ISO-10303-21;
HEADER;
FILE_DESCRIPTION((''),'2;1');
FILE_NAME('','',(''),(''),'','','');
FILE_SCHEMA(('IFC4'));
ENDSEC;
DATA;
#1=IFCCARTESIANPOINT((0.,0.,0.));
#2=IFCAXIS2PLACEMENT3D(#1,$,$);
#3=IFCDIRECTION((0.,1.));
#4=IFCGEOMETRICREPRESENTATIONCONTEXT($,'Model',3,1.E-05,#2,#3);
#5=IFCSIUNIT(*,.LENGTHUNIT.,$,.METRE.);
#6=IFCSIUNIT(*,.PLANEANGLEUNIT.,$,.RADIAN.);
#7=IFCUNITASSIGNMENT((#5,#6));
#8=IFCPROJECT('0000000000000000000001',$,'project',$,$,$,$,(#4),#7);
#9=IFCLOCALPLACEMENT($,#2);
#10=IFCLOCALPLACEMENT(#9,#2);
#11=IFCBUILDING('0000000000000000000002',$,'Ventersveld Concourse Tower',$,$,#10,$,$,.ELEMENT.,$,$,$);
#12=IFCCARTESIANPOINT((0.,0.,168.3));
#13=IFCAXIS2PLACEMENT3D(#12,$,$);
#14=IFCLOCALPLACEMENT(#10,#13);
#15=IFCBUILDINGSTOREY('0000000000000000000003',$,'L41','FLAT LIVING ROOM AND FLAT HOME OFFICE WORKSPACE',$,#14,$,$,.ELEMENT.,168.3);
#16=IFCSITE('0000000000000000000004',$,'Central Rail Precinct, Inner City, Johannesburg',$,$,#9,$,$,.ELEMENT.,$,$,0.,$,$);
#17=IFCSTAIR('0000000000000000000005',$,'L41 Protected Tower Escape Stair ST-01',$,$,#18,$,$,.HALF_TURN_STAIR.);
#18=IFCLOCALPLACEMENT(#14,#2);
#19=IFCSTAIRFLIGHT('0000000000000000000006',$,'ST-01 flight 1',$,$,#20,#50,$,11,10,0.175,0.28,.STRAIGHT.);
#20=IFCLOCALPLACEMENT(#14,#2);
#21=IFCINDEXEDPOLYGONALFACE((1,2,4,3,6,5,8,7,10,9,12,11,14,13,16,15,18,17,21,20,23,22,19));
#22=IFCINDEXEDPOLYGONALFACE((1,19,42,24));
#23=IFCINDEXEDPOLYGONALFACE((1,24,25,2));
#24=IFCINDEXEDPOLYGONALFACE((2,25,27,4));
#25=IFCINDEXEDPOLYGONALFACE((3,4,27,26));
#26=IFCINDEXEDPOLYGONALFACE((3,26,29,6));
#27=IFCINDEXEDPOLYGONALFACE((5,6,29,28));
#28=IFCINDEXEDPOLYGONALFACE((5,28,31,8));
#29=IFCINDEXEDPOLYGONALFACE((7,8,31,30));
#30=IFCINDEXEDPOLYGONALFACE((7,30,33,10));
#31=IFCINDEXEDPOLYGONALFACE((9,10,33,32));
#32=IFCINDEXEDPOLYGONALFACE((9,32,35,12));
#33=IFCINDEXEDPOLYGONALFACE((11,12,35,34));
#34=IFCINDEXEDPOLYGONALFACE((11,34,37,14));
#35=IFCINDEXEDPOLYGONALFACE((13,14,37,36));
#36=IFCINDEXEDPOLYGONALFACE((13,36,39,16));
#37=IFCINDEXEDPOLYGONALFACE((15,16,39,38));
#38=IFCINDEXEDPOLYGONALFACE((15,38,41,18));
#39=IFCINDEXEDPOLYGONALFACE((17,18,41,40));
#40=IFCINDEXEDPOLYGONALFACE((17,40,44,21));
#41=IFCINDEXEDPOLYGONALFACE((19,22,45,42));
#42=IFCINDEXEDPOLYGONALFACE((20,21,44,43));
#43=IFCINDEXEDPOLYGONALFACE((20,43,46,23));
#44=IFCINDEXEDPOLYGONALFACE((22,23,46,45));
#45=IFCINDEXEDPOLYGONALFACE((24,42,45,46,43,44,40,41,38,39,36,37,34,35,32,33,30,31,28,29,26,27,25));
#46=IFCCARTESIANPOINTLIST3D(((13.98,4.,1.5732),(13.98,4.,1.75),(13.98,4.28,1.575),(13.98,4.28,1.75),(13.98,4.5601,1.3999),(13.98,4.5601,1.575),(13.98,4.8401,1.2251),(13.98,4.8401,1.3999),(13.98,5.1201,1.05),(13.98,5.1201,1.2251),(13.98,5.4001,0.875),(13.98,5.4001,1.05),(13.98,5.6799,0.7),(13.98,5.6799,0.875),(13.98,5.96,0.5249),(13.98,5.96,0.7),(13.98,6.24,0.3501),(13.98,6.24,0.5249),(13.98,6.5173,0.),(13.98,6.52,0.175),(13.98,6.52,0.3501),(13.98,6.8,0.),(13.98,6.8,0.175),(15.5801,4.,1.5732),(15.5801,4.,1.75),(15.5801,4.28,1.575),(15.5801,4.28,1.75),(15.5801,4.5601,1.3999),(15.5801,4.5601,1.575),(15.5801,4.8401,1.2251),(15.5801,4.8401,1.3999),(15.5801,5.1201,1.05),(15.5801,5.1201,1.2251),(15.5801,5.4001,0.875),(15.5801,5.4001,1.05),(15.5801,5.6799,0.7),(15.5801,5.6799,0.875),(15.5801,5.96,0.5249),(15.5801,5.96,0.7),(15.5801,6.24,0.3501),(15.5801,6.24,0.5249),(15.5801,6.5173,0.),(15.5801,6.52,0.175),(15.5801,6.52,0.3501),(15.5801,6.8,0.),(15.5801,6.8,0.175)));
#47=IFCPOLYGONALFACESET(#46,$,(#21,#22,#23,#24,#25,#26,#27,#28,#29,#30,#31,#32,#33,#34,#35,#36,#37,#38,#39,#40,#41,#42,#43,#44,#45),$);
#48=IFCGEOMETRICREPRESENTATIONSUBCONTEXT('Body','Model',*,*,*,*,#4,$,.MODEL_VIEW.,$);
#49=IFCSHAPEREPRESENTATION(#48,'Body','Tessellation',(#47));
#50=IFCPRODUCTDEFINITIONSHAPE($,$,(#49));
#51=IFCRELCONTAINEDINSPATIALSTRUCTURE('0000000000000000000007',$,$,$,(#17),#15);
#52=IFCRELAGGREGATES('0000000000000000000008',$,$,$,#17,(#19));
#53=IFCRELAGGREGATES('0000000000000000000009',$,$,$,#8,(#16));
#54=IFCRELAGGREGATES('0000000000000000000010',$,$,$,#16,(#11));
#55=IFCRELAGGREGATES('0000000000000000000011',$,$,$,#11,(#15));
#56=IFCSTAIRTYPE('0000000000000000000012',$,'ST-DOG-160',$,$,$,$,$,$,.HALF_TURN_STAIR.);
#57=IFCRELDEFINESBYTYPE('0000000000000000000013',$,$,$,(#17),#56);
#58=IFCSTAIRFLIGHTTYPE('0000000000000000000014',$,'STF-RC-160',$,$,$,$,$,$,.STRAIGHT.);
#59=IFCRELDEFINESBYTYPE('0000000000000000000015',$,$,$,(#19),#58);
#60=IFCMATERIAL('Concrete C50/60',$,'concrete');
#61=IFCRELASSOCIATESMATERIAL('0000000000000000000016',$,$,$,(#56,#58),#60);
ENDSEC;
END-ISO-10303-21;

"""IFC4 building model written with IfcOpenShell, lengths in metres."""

from ifc_helpers import new_model, si_unit, direction, frame, origin, place, context, subcontext, project, spatial, polyline, outline, extrude, material, type_object, element, aggregate, save


model = new_model("IFC4")

# Units and contexts
model_context = context("Model", 3, precision=1e-05, world=origin(), true_north=direction((0.0, 1.0)))
body_context = subcontext(model_context, "Body", "Model", "MODEL_VIEW")
ifc_project = project(units=[si_unit("LENGTHUNIT", "METRE"), si_unit("PLANEANGLEUNIT", "RADIAN")], contexts=[model_context])

# Site, building, storey
site_placement = place(None, origin())
site = spatial("IfcSite", under=ifc_project, at=site_placement, Name="Central Rail Precinct, Inner City, Johannesburg", CompositionType="ELEMENT", RefElevation=0.0)
building_placement = place(site_placement, origin())
building = spatial("IfcBuilding", under=site, at=building_placement, Name="Ventersveld Concourse Tower", CompositionType="ELEMENT")
storey_placement = place(building_placement, frame((0.0, 0.0, 168.3)))
storey = spatial("IfcBuildingStorey", under=building, at=storey_placement, Name="L41", Description="FLAT LIVING ROOM AND FLAT HOME OFFICE WORKSPACE", CompositionType="ELEMENT", Elevation=168.3)

# Stair, stair flight
ifc_material_1 = material(Name="Concrete C50/60", Category="concrete")
stair_type = type_object("IfcStairType", Name="ST-DOG-160", PredefinedType="HALF_TURN_STAIR", material=ifc_material_1)
stair_placement = place(storey_placement, origin())
stair = element("IfcStair", 1, at=stair_placement, inside=storey, type_object=stair_type, Name="L41 Protected Tower Escape Stair ST-01", PredefinedType="HALF_TURN_STAIR")
stair_flight_type = type_object("IfcStairFlightType", Name="STF-RC-160", PredefinedType="STRAIGHT", material=ifc_material_1)
stair_flight_placement = place(storey_placement, frame((14.78, 6.8, 0.0), z_axis=(0.0, 0.0, 1.0), x_axis=(0.0, -1.0, 0.0)))
stair_flight = element("IfcStairFlight", 2, at=stair_flight_placement, type_object=stair_flight_type, Name="ST-01 flight 1", NumberOfRisers=11, NumberOfTreads=10, PredefinedType="STRAIGHT", RiserHeight=0.175, TreadLength=0.28, context=body_context, shape_type="SweptSolid", body=[
    extrude(outline(polyline([(0.0, 0.0), (0.0, 0.175), (0.28, 0.175), (0.28, 0.3501), (0.5601, 0.3501), (0.5601, 0.5249), (0.8401, 0.5249), (0.8401, 0.7), (1.1201, 0.7), (1.1201, 0.875), (1.3999, 0.875), (1.3999, 1.05), (1.6799, 1.05), (1.6799, 1.2251), (1.96, 1.2251), (1.96, 1.3999), (2.24, 1.3999), (2.24, 1.575), (2.52, 1.575), (2.52, 1.75), (2.8, 1.75), (2.8, 1.925), (2.8, 1.5732), (0.2827, 0.0), (0.0, 0.0)])), frame((0.0, 0.8, 0.0), z_axis=(0.0, -1.0, 0.0), x_axis=(1.0, 0.0, 0.0)), (0.0, 0.0, 1.0), 1.6001),
])
aggregate(stair, [stair_flight])

save(model, "model.ifc")
